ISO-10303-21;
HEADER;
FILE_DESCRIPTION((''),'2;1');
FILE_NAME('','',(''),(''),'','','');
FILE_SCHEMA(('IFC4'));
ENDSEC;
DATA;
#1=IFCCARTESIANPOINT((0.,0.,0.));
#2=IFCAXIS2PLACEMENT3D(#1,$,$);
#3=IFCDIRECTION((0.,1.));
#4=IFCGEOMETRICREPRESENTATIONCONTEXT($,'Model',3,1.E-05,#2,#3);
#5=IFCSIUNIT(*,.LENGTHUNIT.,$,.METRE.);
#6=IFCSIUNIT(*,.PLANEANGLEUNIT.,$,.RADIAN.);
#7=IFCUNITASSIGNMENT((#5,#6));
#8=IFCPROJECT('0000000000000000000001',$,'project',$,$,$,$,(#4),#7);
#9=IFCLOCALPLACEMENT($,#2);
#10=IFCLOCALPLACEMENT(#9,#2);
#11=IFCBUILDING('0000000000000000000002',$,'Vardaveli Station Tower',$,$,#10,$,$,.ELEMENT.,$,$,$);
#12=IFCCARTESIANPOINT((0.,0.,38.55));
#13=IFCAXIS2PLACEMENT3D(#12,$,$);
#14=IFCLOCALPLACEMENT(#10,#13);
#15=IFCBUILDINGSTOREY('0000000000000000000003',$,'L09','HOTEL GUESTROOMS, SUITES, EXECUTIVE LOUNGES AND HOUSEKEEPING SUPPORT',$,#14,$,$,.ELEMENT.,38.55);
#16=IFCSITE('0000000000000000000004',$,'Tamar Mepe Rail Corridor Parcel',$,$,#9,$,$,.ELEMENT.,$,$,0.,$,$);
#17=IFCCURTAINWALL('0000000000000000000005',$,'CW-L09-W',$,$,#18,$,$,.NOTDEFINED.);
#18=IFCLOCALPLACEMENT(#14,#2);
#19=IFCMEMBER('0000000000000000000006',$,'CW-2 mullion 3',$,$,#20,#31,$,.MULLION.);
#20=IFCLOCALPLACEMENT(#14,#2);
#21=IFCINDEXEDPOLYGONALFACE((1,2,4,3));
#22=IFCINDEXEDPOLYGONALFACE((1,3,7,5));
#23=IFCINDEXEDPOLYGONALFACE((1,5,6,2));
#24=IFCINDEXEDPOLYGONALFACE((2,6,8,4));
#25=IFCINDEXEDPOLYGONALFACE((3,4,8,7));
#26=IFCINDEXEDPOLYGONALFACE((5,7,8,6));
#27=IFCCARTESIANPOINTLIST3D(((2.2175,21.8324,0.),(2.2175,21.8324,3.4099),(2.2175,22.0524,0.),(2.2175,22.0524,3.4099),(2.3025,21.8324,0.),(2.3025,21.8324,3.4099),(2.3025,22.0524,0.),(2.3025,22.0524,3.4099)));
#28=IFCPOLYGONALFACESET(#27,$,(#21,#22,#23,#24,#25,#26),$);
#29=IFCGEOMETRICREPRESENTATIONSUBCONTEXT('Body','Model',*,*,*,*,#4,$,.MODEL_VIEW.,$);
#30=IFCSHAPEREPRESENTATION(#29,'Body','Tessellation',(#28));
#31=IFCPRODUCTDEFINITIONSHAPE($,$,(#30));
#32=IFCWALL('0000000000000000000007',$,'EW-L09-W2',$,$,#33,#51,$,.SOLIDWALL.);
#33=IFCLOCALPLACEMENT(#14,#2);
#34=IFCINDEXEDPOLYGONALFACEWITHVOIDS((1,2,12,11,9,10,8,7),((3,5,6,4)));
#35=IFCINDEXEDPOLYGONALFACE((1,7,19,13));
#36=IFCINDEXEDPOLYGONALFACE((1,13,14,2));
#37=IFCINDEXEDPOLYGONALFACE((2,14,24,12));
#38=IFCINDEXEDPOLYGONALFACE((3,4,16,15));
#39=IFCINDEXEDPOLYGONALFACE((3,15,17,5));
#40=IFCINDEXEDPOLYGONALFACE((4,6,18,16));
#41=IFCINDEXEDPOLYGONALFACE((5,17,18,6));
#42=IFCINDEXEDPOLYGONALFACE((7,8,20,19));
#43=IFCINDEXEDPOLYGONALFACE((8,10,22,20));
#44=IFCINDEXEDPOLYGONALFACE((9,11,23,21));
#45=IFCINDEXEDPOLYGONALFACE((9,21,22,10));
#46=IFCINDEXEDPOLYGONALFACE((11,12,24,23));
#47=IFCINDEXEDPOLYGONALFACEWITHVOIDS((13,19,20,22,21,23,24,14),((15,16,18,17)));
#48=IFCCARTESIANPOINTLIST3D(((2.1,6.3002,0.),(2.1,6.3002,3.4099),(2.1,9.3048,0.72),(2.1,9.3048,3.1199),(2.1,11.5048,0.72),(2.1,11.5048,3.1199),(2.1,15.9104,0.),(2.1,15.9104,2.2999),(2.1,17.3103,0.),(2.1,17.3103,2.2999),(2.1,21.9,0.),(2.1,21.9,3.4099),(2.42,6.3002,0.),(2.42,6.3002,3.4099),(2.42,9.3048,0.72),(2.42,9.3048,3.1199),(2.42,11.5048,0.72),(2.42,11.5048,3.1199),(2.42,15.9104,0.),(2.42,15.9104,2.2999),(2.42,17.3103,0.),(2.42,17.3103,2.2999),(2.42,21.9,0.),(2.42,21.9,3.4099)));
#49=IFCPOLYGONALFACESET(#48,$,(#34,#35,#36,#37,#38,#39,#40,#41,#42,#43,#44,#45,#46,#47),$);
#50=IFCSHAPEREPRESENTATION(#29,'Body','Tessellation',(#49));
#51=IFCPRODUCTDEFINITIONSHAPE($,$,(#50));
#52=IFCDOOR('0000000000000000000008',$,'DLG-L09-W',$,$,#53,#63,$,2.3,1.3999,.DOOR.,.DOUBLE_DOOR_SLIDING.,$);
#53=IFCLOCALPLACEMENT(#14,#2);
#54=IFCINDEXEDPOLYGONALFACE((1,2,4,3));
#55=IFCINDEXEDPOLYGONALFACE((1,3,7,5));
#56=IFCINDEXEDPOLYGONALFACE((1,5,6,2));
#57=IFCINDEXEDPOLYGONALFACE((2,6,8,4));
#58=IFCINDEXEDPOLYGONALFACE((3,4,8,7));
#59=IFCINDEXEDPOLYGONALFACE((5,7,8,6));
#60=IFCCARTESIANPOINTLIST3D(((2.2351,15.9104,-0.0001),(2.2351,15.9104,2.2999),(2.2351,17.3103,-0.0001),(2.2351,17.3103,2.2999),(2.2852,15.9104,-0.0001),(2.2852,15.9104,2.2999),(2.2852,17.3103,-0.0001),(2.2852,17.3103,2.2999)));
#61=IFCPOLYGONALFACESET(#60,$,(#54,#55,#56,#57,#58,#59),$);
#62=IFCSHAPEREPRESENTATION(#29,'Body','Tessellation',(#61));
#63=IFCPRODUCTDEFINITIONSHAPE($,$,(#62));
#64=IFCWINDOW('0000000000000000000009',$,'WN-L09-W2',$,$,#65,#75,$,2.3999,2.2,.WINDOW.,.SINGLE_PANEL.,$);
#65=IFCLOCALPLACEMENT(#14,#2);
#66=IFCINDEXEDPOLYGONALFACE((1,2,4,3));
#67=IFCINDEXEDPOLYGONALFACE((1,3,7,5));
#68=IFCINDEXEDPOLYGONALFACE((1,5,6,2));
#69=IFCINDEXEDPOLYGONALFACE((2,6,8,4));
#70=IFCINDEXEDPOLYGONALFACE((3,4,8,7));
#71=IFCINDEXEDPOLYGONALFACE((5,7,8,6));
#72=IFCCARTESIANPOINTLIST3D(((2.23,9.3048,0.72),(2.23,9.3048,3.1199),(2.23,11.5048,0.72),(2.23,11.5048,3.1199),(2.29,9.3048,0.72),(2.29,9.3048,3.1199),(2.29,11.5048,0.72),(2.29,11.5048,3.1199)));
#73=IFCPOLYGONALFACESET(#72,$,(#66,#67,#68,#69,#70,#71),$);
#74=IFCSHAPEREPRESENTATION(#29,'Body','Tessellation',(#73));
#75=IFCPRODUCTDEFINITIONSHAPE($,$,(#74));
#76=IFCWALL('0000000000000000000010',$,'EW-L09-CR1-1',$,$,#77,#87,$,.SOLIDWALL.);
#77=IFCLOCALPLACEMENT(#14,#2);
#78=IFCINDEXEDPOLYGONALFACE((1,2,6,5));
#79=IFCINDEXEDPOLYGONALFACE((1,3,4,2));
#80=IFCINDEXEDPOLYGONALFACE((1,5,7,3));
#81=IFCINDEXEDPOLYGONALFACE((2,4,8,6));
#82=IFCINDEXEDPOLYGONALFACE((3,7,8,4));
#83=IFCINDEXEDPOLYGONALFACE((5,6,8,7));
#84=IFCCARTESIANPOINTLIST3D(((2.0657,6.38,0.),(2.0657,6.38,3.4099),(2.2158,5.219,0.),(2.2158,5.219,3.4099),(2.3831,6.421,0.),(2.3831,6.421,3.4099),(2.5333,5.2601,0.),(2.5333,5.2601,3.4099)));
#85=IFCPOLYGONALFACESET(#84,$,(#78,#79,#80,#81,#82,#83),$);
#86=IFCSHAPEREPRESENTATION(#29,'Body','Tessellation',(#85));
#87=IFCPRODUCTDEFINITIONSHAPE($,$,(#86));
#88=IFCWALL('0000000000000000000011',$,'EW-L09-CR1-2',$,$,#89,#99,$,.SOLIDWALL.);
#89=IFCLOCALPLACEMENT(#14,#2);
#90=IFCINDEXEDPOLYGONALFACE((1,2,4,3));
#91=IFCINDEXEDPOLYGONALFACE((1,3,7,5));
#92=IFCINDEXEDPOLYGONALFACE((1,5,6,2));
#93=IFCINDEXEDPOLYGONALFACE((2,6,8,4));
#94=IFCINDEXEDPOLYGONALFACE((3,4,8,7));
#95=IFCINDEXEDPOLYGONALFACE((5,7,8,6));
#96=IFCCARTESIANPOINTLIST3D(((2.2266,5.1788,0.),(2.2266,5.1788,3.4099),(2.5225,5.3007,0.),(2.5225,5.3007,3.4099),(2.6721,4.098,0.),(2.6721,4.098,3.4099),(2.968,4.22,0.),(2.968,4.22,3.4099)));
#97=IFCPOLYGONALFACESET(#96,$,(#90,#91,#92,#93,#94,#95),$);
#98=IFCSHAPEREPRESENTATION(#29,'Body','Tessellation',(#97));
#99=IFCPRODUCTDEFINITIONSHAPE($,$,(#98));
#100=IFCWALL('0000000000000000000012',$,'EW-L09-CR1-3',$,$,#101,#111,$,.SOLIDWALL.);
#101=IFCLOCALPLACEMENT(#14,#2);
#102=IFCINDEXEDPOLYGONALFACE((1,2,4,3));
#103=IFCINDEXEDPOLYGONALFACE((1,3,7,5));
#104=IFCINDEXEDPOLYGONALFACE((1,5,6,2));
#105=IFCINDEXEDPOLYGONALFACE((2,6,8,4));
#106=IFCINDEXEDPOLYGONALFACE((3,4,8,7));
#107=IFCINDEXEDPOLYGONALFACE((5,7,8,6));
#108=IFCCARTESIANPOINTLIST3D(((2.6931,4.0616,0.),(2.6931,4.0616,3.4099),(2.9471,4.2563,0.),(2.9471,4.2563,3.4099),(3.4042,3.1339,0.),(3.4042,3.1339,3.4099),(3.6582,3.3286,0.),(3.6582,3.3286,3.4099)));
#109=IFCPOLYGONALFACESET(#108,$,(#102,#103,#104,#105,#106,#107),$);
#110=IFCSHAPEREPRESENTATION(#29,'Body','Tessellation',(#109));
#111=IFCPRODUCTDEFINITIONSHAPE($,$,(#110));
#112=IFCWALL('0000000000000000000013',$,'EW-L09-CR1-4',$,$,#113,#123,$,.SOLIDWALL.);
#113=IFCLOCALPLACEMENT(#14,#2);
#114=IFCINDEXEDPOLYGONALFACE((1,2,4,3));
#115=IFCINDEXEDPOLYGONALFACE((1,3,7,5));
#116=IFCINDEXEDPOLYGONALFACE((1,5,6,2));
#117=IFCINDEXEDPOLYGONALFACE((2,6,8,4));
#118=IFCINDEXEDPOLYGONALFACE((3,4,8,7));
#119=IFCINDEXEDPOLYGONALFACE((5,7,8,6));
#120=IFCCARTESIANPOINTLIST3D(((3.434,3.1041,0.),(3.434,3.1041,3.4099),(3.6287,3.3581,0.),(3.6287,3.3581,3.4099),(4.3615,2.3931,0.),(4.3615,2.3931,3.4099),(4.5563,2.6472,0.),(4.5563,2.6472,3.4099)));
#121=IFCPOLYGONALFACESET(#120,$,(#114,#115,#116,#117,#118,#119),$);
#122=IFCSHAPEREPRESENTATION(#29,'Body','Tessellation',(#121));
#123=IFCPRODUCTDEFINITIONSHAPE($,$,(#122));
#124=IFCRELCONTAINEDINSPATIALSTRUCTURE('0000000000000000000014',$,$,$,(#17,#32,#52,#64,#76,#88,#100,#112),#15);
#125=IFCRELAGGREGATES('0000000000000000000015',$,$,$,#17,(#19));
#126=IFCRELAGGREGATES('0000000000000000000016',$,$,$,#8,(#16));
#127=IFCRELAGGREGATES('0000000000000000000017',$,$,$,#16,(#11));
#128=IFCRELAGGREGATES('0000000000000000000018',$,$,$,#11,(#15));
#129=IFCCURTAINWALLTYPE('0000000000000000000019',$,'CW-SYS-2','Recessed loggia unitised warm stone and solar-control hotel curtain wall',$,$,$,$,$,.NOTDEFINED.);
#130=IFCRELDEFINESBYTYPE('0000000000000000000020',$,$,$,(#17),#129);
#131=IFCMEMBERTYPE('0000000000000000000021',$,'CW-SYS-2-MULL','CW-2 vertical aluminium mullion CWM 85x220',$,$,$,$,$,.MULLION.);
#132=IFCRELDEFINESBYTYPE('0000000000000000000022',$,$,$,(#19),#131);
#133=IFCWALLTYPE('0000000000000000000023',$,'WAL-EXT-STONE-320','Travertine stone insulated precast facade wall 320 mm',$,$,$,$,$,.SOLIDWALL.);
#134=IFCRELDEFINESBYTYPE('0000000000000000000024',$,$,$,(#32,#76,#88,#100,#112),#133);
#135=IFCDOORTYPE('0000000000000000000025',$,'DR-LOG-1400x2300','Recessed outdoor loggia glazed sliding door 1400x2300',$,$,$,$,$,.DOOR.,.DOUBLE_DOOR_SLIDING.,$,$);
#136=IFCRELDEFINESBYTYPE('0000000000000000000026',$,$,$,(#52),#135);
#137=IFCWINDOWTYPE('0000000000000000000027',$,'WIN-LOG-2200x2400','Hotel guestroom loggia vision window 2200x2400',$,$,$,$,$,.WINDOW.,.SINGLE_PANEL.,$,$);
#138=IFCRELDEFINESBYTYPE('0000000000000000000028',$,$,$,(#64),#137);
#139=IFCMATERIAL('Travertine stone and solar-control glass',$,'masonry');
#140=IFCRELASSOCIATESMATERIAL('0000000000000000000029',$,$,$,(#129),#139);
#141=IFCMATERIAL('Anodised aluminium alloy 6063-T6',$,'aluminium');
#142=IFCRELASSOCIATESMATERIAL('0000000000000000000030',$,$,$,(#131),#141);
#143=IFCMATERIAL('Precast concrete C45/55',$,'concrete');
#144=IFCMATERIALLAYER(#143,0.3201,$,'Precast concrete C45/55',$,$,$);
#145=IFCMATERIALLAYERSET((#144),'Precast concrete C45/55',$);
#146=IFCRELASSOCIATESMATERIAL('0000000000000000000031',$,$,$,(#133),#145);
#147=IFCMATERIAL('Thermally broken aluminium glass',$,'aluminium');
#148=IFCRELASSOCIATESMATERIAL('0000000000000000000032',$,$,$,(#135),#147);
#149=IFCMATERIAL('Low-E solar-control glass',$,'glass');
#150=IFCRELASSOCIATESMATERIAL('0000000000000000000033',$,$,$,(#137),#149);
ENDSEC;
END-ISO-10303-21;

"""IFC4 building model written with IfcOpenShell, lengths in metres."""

from ifc_helpers import new_model, si_unit, direction, frame, frame_2d, origin, origin_2d, place, context, subcontext, project, spatial, rectangle, extrude, source, transform, mapped, material, layer, layer_set, material_profile, profile_set, type_object, element, fill, aggregate, save


model = new_model("IFC4")

# Units and contexts
model_context = context("Model", 3, precision=1e-05, world=origin(), true_north=direction((0.0, 1.0)))
body_context = subcontext(model_context, "Body", "Model", "MODEL_VIEW")
ifc_project = project(units=[si_unit("LENGTHUNIT", "METRE"), si_unit("PLANEANGLEUNIT", "RADIAN")], contexts=[model_context])

# Site, building, storey
site_placement = place(None, origin())
site = spatial("IfcSite", under=ifc_project, at=site_placement, Name="Tamar Mepe Rail Corridor Parcel", CompositionType="ELEMENT", RefElevation=0.0)
building_placement = place(site_placement, origin())
building = spatial("IfcBuilding", under=site, at=building_placement, Name="Vardaveli Station Tower", CompositionType="ELEMENT")
storey_placement = place(building_placement, frame((0.0, 0.0, 38.55)))
storey = spatial("IfcBuildingStorey", under=building, at=storey_placement, Name="L09", Description="HOTEL GUESTROOMS, SUITES, EXECUTIVE LOUNGES AND HOUSEKEEPING SUPPORT", CompositionType="ELEMENT", Elevation=38.55)

# Shared definitions
ifc_material_1 = material(Name="Precast concrete C45/55", Category="concrete")

# Curtain wall, member
ifc_material_2 = material(Name="Travertine stone and solar-control glass", Category="masonry")
curtain_wall_type = type_object("IfcCurtainWallType", Name="CW-SYS-2", Description="Recessed loggia unitised warm stone and solar-control hotel curtain wall", PredefinedType="NOTDEFINED", material=ifc_material_2)
curtain_wall_placement = place(storey_placement, origin())
curtain_wall = element("IfcCurtainWall", 1, at=curtain_wall_placement, inside=storey, type_object=curtain_wall_type, Name="CW-L09-W", PredefinedType="NOTDEFINED")
ifc_material_3 = material(Name="Anodised aluminium alloy 6063-T6", Category="aluminium")
ifc_material_profile_1 = material_profile(ifc_material_3, rectangle(XDim=0.085, YDim=0.22, at=origin_2d()), Name="CWM 85x220")
ifc_profile_set_1 = profile_set([ifc_material_profile_1], Name="Anodised aluminium alloy 6063-T6")
member_type = type_object("IfcMemberType", Name="CW-SYS-2-MULL", Description="CW-2 vertical aluminium mullion CWM 85x220", PredefinedType="MULLION", material=ifc_profile_set_1)
shared_shape_1 = source(origin(), body_context, "Body", "SweptSolid", [
    extrude(rectangle(XDim=0.085, YDim=0.22, at=origin_2d()), origin(), (0.0, 0.0, 1.0), 3.4099),
])
member_placement = place(storey_placement, frame((2.26, 21.9424, 0.0), z_axis=(0.0, 0.0, 1.0), x_axis=(1.0, 0.0, 0.0)))
member = element("IfcMember", 2, at=member_placement, type_object=member_type, Name="CW-2 mullion 3", PredefinedType="MULLION", context=body_context, shape_type="MappedRepresentation", body=[
    mapped(shared_shape_1, transform((0.0, 0.0, 0.0), scale=1.0)),
])
aggregate(curtain_wall, [member])

# Wall, openings, door, window
ifc_layer_1 = layer(ifc_material_1, 0.3201, Name="Precast concrete C45/55")
ifc_layer_set_1 = layer_set([ifc_layer_1], Name="Precast concrete C45/55")
wall_type_1 = type_object("IfcWallType", Name="WAL-EXT-STONE-320", Description="Travertine stone insulated precast facade wall 320 mm", PredefinedType="SOLIDWALL", material=ifc_layer_set_1)
shared_shape_2 = source(origin(), body_context, "Body", "SweptSolid", [
    extrude(rectangle(XDim=15.5999, YDim=0.3201, at=frame_2d((7.7998, 0.0))), origin(), (0.0, 0.0, 1.0), 3.4099),
])
wall_1_placement = place(storey_placement, frame((2.26, 21.8999, 0.0), z_axis=(0.0, 0.0, 1.0), x_axis=(0.0, -1.0, 0.0)))
wall_1 = element("IfcWall", 3, at=wall_1_placement, inside=storey, type_object=wall_type_1, Name="EW-L09-W2", PredefinedType="SOLIDWALL", context=body_context, shape_type="MappedRepresentation", body=[
    mapped(shared_shape_2, transform((0.0, 0.0, 0.0), scale=1.0)),
])
shared_shape_3 = source(origin(), body_context, "Body", "SweptSolid", [
    extrude(rectangle(XDim=1.3999, YDim=2.3, at=frame_2d((0.7, 1.1499))), frame((0.0, 0.1699, 0.0), z_axis=(0.0, -1.0, 0.0), x_axis=(1.0, 0.0, 0.0)), (0.0, 0.0, 1.0), 0.3401),
])
opening_1_placement = place(wall_1_placement, frame((4.5896, 0.0, 0.0)))
opening_1 = element("IfcOpeningElement", 4, at=opening_1_placement, cuts=wall_1, PredefinedType="OPENING", context=body_context, shape_type="MappedRepresentation", body=[
    mapped(shared_shape_3, transform((0.0, 0.0, 0.0), scale=1.0)),
])
shared_shape_4 = source(origin(), body_context, "Body", "SweptSolid", [
    extrude(rectangle(XDim=2.2, YDim=2.3999, at=frame_2d((1.1001, 1.2))), frame((0.0, 0.1699, 0.0), z_axis=(0.0, -1.0, 0.0), x_axis=(1.0, 0.0, 0.0)), (0.0, 0.0, 1.0), 0.3401),
])
opening_2_placement = place(wall_1_placement, frame((10.395, 0.0, 0.72)))
opening_2 = element("IfcOpeningElement", 5, at=opening_2_placement, cuts=wall_1, PredefinedType="OPENING", context=body_context, shape_type="MappedRepresentation", body=[
    mapped(shared_shape_4, transform((0.0, 0.0, 0.0), scale=1.0)),
])
ifc_material_4 = material(Name="Thermally broken aluminium glass", Category="aluminium")
door_type_1 = type_object("IfcDoorType", Name="DR-LOG-1400x2300", Description="Recessed outdoor loggia glazed sliding door 1400x2300", OperationType="DOUBLE_DOOR_SLIDING", PredefinedType="DOOR", material=ifc_material_4)
shared_shape_5 = source(origin(), body_context, "Body", "SweptSolid", [
    extrude(rectangle(XDim=1.3999, YDim=2.3, at=frame_2d((0.7, 1.1499))), frame((0.0, 0.0249, 0.0), z_axis=(0.0, -1.0, 0.0), x_axis=(1.0, 0.0, 0.0)), (0.0, 0.0, 1.0), 0.05),
])
door_1_placement = place(opening_1_placement, frame((1.3999, 0.0, 0.0), z_axis=(0.0, 0.0, 1.0), x_axis=(-1.0, 0.0, 0.0)))
door_1 = element("IfcDoor", 6, at=door_1_placement, inside=storey, type_object=door_type_1, Name="DLG-L09-W", OperationType="DOUBLE_DOOR_SLIDING", OverallHeight=2.3, OverallWidth=1.3999, PredefinedType="DOOR", context=body_context, shape_type="MappedRepresentation", body=[
    mapped(shared_shape_5, transform((0.0, 0.0, 0.0), scale=1.0)),
])
fill(opening_1, door_1)
ifc_material_5 = material(Name="Low-E solar-control glass", Category="glass")
window_type = type_object("IfcWindowType", Name="WIN-LOG-2200x2400", Description="Hotel guestroom loggia vision window 2200x2400", PartitioningType="SINGLE_PANEL", PredefinedType="WINDOW", material=ifc_material_5)
shared_shape_6 = source(origin(), body_context, "Body", "SweptSolid", [
    extrude(rectangle(XDim=2.2, YDim=2.3999, at=frame_2d((1.1001, 1.2))), frame((0.0, 0.03, 0.0), z_axis=(0.0, -1.0, 0.0), x_axis=(1.0, 0.0, 0.0)), (0.0, 0.0, 1.0), 0.0601),
])
window_placement = place(opening_2_placement, origin())
window = element("IfcWindow", 7, at=window_placement, inside=storey, type_object=window_type, Name="WN-L09-W2", OverallHeight=2.3999, OverallWidth=2.2, PartitioningType="SINGLE_PANEL", PredefinedType="WINDOW", context=body_context, shape_type="MappedRepresentation", body=[
    mapped(shared_shape_6, transform((0.0, 0.0, 0.0), scale=1.0)),
])
fill(opening_2, window)

# Walls
shared_shape_7 = source(origin(), body_context, "Body", "SweptSolid", [
    extrude(rectangle(XDim=1.1707, YDim=0.3201, at=frame_2d((0.5854, 0.0))), origin(), (0.0, 0.0, 1.0), 3.4099),
])
wall_2_placement = place(storey_placement, frame((2.2244, 6.4006, 0.0), z_axis=(0.0, 0.0, 1.0), x_axis=(0.128269, -0.991739, 0.0)))
element("IfcWall", 8, at=wall_2_placement, inside=storey, type_object=wall_type_1, Name="EW-L09-CR1-1", PredefinedType="SOLIDWALL", context=body_context, shape_type="MappedRepresentation", body=[
    mapped(shared_shape_7, transform((0.0, 0.0, 0.0), scale=1.0)),
])
shared_shape_8 = source(origin(), body_context, "Body", "SweptSolid", [
    extrude(rectangle(XDim=1.1689, YDim=0.3201, at=frame_2d((0.5845, 0.0))), origin(), (0.0, 0.0, 1.0), 3.4099),
])
for number, where, z_axis, x_axis, name in (
    (9, (2.3745, 5.2397, 0.0), (0.0, 0.0, 1.0), (0.381128, -0.924522, 0.0), "EW-L09-CR1-2"),
    (10, (2.8201, 4.1589, 0.0), (0.0, 0.0, 1.0), (0.608388, -0.79364, 0.0), "EW-L09-CR1-3"),
):
    element("IfcWall", number, at=place(storey_placement, frame(where, z_axis=z_axis, x_axis=x_axis)), inside=storey, type_object=wall_type_1, Name=name, PredefinedType="SOLIDWALL", context=body_context, shape_type="MappedRepresentation", body=[
        mapped(shared_shape_8, transform((0.0, 0.0, 0.0), scale=1.0)),
    ])
shared_shape_9 = source(origin(), body_context, "Body", "SweptSolid", [
    extrude(rectangle(XDim=1.1687, YDim=0.3201, at=frame_2d((0.5845, 0.0))), origin(), (0.0, 0.0, 1.0), 3.4099),
])
wall_3_placement = place(storey_placement, frame((3.5312, 3.2312, 0.0), z_axis=(0.0, 0.0, 1.0), x_axis=(0.793664, -0.608357, 0.0)))
element("IfcWall", 11, at=wall_3_placement, inside=storey, type_object=wall_type_1, Name="EW-L09-CR1-4", PredefinedType="SOLIDWALL", context=body_context, shape_type="MappedRepresentation", body=[
    mapped(shared_shape_9, transform((0.0, 0.0, 0.0), scale=1.0)),
])

save(model, "model.ifc")
